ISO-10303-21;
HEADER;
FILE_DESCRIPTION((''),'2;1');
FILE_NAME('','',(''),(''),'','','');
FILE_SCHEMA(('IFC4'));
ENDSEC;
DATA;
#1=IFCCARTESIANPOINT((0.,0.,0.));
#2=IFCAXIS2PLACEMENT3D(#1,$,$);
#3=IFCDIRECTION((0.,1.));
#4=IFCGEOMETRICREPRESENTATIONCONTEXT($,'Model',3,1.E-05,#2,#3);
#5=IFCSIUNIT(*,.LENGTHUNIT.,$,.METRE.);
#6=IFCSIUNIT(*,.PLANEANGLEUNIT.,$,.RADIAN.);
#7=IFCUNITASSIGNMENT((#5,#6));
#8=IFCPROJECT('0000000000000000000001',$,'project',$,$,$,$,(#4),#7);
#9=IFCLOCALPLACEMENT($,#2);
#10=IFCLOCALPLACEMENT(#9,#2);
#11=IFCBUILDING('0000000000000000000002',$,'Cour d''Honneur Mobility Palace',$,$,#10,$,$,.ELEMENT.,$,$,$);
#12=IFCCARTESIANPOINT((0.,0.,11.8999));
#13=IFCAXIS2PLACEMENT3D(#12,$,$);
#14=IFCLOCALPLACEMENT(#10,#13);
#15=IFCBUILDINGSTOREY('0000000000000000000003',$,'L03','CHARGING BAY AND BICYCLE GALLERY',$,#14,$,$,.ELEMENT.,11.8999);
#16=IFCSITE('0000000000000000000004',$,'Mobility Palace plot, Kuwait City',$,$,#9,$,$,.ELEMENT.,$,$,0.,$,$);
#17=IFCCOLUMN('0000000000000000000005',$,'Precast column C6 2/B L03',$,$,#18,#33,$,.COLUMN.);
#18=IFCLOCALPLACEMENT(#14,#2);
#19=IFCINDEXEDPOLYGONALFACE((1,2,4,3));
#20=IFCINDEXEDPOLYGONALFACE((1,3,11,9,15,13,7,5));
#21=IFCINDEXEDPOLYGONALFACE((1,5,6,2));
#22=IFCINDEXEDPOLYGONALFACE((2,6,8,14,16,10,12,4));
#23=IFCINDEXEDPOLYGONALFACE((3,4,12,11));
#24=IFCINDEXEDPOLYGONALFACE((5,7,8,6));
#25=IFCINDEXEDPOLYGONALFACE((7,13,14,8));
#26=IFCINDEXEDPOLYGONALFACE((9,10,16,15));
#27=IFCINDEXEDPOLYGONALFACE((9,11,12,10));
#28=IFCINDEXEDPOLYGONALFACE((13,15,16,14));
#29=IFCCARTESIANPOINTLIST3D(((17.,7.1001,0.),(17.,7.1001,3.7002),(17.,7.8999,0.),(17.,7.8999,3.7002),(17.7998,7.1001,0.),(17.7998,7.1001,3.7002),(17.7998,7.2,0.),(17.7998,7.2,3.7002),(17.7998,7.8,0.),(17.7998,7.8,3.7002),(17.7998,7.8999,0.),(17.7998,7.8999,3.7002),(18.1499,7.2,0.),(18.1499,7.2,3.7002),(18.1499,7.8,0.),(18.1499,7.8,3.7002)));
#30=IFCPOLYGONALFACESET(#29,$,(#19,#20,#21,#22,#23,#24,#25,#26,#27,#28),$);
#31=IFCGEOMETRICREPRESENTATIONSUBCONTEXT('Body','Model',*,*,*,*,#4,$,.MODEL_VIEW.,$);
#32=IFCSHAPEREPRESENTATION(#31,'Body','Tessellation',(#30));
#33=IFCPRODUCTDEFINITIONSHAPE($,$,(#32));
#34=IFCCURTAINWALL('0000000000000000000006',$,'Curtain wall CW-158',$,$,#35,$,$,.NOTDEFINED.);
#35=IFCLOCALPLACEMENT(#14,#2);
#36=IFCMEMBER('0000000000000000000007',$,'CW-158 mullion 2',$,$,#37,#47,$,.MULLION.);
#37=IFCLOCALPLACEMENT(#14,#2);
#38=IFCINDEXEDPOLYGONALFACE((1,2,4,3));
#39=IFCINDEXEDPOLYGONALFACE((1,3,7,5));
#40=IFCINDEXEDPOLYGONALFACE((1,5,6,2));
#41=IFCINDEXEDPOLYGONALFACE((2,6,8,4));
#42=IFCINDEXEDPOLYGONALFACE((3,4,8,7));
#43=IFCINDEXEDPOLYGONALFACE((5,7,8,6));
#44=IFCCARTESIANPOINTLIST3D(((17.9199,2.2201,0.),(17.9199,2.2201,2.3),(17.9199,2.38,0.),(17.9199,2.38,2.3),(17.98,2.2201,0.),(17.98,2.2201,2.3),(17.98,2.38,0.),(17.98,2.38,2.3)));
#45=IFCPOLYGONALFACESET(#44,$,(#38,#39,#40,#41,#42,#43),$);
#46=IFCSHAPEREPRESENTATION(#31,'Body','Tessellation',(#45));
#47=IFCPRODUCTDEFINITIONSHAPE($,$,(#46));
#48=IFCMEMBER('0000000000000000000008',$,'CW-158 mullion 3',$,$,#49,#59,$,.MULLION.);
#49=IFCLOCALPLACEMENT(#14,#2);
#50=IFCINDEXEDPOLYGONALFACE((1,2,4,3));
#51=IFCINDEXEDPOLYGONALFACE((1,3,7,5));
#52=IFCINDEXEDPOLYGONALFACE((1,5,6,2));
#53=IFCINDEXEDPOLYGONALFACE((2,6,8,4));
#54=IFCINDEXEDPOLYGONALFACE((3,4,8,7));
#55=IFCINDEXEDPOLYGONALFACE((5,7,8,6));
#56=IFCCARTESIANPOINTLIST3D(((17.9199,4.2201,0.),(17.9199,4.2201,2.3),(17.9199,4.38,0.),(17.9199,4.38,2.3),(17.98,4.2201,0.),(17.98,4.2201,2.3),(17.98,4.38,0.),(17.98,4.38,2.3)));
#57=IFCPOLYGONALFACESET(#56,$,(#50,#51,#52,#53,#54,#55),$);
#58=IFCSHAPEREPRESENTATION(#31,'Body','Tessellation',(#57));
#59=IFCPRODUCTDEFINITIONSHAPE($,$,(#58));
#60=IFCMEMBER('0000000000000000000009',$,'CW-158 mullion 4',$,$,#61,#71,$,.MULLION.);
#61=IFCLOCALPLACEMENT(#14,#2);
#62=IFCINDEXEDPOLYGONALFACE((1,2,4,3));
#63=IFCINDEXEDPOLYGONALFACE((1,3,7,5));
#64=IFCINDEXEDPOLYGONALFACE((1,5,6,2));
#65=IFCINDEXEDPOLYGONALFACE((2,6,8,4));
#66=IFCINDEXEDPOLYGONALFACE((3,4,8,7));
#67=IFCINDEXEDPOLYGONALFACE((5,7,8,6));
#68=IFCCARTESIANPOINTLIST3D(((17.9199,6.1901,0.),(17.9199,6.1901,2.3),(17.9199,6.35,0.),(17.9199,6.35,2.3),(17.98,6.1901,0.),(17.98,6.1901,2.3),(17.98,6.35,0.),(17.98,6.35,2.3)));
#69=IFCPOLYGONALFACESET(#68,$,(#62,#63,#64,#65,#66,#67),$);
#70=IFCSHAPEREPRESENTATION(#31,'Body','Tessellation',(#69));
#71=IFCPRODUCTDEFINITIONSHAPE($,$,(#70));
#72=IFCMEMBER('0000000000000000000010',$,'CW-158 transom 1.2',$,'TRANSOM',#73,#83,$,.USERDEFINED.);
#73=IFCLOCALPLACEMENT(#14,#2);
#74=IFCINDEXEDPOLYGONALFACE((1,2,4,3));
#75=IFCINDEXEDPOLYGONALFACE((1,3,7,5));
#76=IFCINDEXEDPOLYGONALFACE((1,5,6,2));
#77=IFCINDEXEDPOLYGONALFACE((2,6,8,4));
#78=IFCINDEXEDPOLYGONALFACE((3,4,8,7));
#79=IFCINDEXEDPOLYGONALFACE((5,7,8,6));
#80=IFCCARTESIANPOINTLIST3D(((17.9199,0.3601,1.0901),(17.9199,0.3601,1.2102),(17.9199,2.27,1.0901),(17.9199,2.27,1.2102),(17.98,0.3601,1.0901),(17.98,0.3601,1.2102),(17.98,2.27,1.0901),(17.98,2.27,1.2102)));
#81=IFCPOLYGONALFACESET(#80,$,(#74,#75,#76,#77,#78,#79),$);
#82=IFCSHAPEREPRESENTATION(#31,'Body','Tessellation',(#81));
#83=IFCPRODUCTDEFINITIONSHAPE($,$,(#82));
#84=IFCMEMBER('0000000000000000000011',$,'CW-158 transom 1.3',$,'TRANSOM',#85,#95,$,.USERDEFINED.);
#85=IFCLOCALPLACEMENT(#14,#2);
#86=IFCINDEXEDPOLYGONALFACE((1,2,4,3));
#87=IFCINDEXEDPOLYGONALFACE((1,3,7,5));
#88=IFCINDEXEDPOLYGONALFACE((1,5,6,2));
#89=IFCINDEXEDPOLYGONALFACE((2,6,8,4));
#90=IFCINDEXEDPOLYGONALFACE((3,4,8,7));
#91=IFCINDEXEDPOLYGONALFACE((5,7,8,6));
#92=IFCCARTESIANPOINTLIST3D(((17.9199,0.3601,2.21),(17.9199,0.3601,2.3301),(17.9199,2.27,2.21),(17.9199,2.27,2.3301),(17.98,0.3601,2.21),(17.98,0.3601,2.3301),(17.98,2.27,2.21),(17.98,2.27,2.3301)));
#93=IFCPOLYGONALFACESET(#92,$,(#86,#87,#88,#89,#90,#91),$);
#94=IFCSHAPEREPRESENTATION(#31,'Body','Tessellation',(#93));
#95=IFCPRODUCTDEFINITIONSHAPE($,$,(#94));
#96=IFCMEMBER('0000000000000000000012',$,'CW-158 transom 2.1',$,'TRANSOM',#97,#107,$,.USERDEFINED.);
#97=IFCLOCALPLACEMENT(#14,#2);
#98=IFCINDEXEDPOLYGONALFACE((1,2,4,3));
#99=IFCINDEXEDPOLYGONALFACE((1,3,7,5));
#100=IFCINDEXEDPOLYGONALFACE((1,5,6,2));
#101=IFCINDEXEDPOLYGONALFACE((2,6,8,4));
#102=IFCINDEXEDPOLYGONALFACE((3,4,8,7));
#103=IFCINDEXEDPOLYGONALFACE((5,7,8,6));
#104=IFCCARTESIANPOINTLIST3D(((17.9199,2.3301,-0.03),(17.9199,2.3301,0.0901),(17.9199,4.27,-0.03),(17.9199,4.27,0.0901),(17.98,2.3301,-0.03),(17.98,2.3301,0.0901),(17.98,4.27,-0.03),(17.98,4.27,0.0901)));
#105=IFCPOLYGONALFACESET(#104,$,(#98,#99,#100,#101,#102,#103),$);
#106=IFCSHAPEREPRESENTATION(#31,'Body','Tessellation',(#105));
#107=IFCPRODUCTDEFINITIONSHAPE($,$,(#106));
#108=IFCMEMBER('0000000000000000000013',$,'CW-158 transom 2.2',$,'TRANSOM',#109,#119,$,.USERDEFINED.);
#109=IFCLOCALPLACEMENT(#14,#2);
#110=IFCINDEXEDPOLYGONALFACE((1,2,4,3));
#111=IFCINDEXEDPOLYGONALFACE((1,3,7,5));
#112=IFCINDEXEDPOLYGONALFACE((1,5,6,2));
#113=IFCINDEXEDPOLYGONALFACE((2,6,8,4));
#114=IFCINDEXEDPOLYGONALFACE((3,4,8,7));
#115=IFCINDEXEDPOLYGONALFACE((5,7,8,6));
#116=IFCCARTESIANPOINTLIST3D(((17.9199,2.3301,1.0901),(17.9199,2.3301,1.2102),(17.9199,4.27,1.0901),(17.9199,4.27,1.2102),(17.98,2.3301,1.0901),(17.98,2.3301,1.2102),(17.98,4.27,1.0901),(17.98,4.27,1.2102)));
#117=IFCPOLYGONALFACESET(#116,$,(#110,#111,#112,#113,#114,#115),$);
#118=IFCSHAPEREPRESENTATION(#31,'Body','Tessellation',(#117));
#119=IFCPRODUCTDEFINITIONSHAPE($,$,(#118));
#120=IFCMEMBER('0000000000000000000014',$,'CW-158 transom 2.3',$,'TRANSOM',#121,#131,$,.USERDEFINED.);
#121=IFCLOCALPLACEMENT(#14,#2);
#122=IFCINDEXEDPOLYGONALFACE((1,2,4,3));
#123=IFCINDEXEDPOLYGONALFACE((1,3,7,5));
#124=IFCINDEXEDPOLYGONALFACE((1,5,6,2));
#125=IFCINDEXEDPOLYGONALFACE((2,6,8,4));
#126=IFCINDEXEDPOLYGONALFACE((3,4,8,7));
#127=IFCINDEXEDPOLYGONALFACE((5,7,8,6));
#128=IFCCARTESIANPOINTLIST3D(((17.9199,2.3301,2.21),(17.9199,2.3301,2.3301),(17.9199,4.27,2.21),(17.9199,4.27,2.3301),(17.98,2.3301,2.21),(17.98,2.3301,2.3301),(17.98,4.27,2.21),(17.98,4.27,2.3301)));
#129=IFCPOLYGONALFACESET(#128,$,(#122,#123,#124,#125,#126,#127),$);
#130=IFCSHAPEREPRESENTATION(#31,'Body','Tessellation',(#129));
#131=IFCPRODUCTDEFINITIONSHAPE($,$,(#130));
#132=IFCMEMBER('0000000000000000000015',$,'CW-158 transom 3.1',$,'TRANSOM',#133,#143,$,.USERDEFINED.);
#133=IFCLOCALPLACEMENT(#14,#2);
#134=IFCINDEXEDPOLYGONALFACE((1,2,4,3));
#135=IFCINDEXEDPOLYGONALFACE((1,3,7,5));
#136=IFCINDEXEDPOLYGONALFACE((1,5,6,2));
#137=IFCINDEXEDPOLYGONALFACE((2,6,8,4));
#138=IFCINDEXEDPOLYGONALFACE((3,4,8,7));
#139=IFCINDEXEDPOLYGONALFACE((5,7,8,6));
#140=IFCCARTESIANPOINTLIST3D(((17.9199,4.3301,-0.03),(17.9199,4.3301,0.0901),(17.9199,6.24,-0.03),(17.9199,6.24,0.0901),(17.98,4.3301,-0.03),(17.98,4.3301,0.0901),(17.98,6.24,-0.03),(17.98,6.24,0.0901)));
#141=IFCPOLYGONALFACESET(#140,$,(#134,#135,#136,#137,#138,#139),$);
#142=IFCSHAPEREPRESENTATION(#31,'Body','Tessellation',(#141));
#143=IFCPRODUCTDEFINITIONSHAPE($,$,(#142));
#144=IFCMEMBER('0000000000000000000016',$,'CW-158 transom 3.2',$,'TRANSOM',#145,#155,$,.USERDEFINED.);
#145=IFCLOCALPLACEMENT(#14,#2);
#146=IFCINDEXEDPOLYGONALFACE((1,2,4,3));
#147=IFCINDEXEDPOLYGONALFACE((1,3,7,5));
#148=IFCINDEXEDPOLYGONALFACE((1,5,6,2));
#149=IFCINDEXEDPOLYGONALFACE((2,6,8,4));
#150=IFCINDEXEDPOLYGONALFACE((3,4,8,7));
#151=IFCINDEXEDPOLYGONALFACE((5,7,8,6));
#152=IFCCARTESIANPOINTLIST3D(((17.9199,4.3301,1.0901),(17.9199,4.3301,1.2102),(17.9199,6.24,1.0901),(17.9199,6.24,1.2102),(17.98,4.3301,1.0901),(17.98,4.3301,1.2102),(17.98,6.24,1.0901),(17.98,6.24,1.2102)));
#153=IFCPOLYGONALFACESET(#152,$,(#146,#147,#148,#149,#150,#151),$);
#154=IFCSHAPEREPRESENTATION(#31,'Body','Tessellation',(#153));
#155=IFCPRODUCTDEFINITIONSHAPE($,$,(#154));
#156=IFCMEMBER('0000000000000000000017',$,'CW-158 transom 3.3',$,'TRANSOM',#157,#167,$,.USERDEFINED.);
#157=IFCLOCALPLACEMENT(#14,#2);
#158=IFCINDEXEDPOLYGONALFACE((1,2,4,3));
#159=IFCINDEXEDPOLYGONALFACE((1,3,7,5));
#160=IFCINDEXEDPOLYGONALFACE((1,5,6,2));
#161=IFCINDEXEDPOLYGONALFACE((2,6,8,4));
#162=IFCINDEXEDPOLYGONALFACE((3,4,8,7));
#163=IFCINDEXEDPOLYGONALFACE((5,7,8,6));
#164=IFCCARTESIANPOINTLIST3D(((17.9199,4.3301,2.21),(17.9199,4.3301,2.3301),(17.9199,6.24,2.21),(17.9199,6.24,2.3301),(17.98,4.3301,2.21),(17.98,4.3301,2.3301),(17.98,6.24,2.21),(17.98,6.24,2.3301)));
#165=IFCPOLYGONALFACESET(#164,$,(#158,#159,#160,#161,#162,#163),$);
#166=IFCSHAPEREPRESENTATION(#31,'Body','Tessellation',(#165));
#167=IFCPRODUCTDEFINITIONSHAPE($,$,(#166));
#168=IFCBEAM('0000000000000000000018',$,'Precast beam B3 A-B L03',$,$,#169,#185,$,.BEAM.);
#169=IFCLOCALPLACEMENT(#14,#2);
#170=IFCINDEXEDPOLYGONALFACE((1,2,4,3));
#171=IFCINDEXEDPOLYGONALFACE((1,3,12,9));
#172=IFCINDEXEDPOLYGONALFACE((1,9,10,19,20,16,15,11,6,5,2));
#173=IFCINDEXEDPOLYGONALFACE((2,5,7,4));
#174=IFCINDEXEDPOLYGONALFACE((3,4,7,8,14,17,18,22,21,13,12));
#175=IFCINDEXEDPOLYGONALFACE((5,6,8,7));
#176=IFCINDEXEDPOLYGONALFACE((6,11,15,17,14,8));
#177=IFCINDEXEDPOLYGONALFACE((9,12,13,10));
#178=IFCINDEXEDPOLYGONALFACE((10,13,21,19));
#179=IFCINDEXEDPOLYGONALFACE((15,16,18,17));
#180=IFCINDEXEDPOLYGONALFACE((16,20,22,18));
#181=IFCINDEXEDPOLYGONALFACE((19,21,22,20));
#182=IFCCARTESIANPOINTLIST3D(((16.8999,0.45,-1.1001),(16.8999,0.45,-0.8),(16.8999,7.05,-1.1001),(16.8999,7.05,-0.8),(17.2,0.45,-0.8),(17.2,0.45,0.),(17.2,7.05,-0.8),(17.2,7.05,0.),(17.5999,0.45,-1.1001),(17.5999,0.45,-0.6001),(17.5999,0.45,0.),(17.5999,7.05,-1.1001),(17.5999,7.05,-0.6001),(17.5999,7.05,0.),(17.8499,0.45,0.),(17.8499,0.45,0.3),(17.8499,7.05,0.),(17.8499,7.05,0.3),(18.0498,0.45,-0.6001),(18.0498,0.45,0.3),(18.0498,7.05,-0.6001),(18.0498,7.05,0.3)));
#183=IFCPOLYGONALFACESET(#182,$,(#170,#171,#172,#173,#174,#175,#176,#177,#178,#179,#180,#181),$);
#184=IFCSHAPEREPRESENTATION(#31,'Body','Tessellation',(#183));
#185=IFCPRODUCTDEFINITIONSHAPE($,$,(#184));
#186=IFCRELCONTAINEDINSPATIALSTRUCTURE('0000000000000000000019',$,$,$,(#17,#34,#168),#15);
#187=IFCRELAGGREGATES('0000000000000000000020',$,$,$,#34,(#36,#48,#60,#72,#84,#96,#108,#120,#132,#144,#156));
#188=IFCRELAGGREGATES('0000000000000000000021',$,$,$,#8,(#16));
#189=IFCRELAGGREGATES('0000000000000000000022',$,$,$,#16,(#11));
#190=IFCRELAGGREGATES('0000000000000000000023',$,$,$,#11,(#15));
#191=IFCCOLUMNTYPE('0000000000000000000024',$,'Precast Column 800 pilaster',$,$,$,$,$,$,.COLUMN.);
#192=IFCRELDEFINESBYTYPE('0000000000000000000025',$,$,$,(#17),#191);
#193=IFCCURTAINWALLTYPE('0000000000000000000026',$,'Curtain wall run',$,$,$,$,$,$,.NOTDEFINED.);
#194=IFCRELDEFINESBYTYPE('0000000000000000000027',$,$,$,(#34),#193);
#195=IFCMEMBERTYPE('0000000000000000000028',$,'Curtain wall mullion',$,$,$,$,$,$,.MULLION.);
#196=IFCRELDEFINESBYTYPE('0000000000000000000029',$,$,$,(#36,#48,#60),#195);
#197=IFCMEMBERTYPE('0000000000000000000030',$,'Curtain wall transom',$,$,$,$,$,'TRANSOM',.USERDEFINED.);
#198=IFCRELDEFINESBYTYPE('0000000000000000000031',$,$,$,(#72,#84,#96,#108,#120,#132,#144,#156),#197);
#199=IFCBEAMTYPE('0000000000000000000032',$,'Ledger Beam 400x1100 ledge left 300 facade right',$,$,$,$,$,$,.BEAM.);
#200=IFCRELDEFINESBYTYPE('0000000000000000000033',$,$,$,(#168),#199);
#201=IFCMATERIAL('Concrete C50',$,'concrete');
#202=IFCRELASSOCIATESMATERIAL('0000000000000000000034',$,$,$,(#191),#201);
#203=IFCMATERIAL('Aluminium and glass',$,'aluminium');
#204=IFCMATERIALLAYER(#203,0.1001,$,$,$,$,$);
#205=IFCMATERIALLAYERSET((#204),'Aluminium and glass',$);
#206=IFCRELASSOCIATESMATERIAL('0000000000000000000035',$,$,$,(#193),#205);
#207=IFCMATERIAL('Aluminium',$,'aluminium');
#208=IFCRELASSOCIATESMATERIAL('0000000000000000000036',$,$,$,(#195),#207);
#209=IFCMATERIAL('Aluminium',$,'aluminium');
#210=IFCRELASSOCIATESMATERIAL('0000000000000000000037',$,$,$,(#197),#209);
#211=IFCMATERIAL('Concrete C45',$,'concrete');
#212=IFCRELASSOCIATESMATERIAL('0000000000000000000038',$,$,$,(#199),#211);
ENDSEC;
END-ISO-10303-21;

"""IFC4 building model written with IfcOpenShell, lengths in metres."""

from ifc_helpers import new_model, si_unit, direction, frame, origin, origin_2d, place, context, subcontext, project, spatial, polyline, rectangle, outline, extrude, material, layer, layer_set, material_profile, profile_set, type_object, element, aggregate, save


model = new_model("IFC4")

# Units and contexts
model_context = context("Model", 3, precision=1e-05, world=origin(), true_north=direction((0.0, 1.0)))
body_context = subcontext(model_context, "Body", "Model", "MODEL_VIEW")
ifc_project = project(units=[si_unit("LENGTHUNIT", "METRE"), si_unit("PLANEANGLEUNIT", "RADIAN")], contexts=[model_context])

# Site, building, storey
site_placement = place(None, origin())
site = spatial("IfcSite", under=ifc_project, at=site_placement, Name="Mobility Palace plot, Kuwait City", CompositionType="ELEMENT", RefElevation=0.0)
building_placement = place(site_placement, origin())
building = spatial("IfcBuilding", under=site, at=building_placement, Name="Cour d'Honneur Mobility Palace", CompositionType="ELEMENT")
storey_placement = place(building_placement, frame((0.0, 0.0, 11.8999)))
storey = spatial("IfcBuildingStorey", under=building, at=storey_placement, Name="L03", Description="CHARGING BAY AND BICYCLE GALLERY", CompositionType="ELEMENT", Elevation=11.8999)

# Column
ifc_material_1 = material(Name="Concrete C50", Category="concrete")
ifc_material_profile_1 = material_profile(ifc_material_1, outline(polyline([(-0.3999, -0.3999), (0.3999, -0.3999), (0.3999, -0.3), (0.75, -0.3), (0.75, 0.3), (0.3999, 0.3), (0.3999, 0.3999), (-0.3999, 0.3999), (-0.3999, -0.3999)])), Name="PC C800 pilaster")
ifc_profile_set_1 = profile_set([ifc_material_profile_1], Name="Concrete C50")
column_type = type_object("IfcColumnType", Name="Precast Column 800 pilaster", PredefinedType="COLUMN", material=ifc_profile_set_1)
column_placement = place(storey_placement, frame((17.3999, 7.5, 0.0), z_axis=(0.0, 0.0, 1.0), x_axis=(1.0, 0.0, 0.0)))
element("IfcColumn", 1, at=column_placement, inside=storey, type_object=column_type, Name="Precast column C6 2/B L03", PredefinedType="COLUMN", context=body_context, shape_type="SweptSolid", body=[
    extrude(outline(polyline([(-0.3999, -0.3999), (0.3999, -0.3999), (0.3999, -0.3), (0.75, -0.3), (0.75, 0.3), (0.3999, 0.3), (0.3999, 0.3999), (-0.3999, 0.3999), (-0.3999, -0.3999)])), origin(), (0.0, 0.0, 1.0), 3.7002),
])

# Curtain wall, members
ifc_material_2 = material(Name="Aluminium and glass", Category="aluminium")
ifc_layer_1 = layer(ifc_material_2, 0.1001)
ifc_layer_set_1 = layer_set([ifc_layer_1], Name="Aluminium and glass")
curtain_wall_type = type_object("IfcCurtainWallType", Name="Curtain wall run", PredefinedType="NOTDEFINED", material=ifc_layer_set_1)
curtain_wall_placement = place(storey_placement, origin())
curtain_wall = element("IfcCurtainWall", 2, at=curtain_wall_placement, inside=storey, type_object=curtain_wall_type, Name="Curtain wall CW-158", PredefinedType="NOTDEFINED")
ifc_material_3 = material(Name="Aluminium", Category="aluminium")
ifc_material_profile_2 = material_profile(ifc_material_3, rectangle(XDim=0.0601, YDim=0.1599, at=origin_2d()), Name="Curtain wall mullion")
ifc_profile_set_2 = profile_set([ifc_material_profile_2], Name="Aluminium")
member_type_1 = type_object("IfcMemberType", Name="Curtain wall mullion", PredefinedType="MULLION", material=ifc_profile_set_2)
member_1_placement = place(storey_placement, frame((17.95, 2.3, 0.0), z_axis=(0.0, 0.0, 1.0), x_axis=(-1.0, 0.0, 0.0)))
member_1 = element("IfcMember", 3, at=member_1_placement, type_object=member_type_1, Name="CW-158 mullion 2", PredefinedType="MULLION", context=body_context, shape_type="SweptSolid", body=[
    extrude(rectangle(XDim=0.0601, YDim=0.1599, at=origin_2d()), origin(), (0.0, 0.0, 1.0), 2.3),
])
member_2_placement = place(storey_placement, frame((17.95, 4.3, 0.0), z_axis=(0.0, 0.0, 1.0), x_axis=(-1.0, 0.0, 0.0)))
member_2 = element("IfcMember", 4, at=member_2_placement, type_object=member_type_1, Name="CW-158 mullion 3", PredefinedType="MULLION", context=body_context, shape_type="SweptSolid", body=[
    extrude(rectangle(XDim=0.0601, YDim=0.1599, at=origin_2d()), origin(), (0.0, 0.0, 1.0), 2.3),
])
member_3_placement = place(storey_placement, frame((17.95, 6.27, 0.0), z_axis=(0.0, 0.0, 1.0), x_axis=(-1.0, 0.0, 0.0)))
member_3 = element("IfcMember", 5, at=member_3_placement, type_object=member_type_1, Name="CW-158 mullion 4", PredefinedType="MULLION", context=body_context, shape_type="SweptSolid", body=[
    extrude(rectangle(XDim=0.0601, YDim=0.1599, at=origin_2d()), origin(), (0.0, 0.0, 1.0), 2.3),
])
ifc_material_4 = material(Name="Aluminium", Category="aluminium")
ifc_material_profile_3 = material_profile(ifc_material_4, rectangle(XDim=0.0601, YDim=0.1201, at=origin_2d()), Name="Curtain wall transom")
ifc_profile_set_3 = profile_set([ifc_material_profile_3], Name="Aluminium")
member_type_2 = type_object("IfcMemberType", Name="Curtain wall transom", ElementType="TRANSOM", PredefinedType="USERDEFINED", material=ifc_profile_set_3)
member_4_placement = place(storey_placement, frame((17.95, 0.3601, 1.1501), z_axis=(0.0, 1.0, 0.0), x_axis=(-1.0, 0.0, 0.0)))
member_4 = element("IfcMember", 6, at=member_4_placement, type_object=member_type_2, Name="CW-158 transom 1.2", ObjectType="TRANSOM", PredefinedType="USERDEFINED", context=body_context, shape_type="SweptSolid", body=[
    extrude(rectangle(XDim=0.0601, YDim=0.1201, at=origin_2d()), origin(), (0.0, 0.0, 1.0), 1.9099),
])
member_5_placement = place(storey_placement, frame((17.95, 0.3601, 2.27), z_axis=(0.0, 1.0, 0.0), x_axis=(-1.0, 0.0, 0.0)))
member_5 = element("IfcMember", 7, at=member_5_placement, type_object=member_type_2, Name="CW-158 transom 1.3", ObjectType="TRANSOM", PredefinedType="USERDEFINED", context=body_context, shape_type="SweptSolid", body=[
    extrude(rectangle(XDim=0.0601, YDim=0.1201, at=origin_2d()), origin(), (0.0, 0.0, 1.0), 1.9099),
])
member_6_placement = place(storey_placement, frame((17.95, 2.3301, 0.03), z_axis=(0.0, 1.0, 0.0), x_axis=(-1.0, 0.0, 0.0)))
member_6 = element("IfcMember", 8, at=member_6_placement, type_object=member_type_2, Name="CW-158 transom 2.1", ObjectType="TRANSOM", PredefinedType="USERDEFINED", context=body_context, shape_type="SweptSolid", body=[
    extrude(rectangle(XDim=0.0601, YDim=0.1201, at=origin_2d()), origin(), (0.0, 0.0, 1.0), 1.9399),
])
member_7_placement = place(storey_placement, frame((17.95, 2.3301, 1.1501), z_axis=(0.0, 1.0, 0.0), x_axis=(-1.0, 0.0, 0.0)))
member_7 = element("IfcMember", 9, at=member_7_placement, type_object=member_type_2, Name="CW-158 transom 2.2", ObjectType="TRANSOM", PredefinedType="USERDEFINED", context=body_context, shape_type="SweptSolid", body=[
    extrude(rectangle(XDim=0.0601, YDim=0.1201, at=origin_2d()), origin(), (0.0, 0.0, 1.0), 1.9399),
])
member_8_placement = place(storey_placement, frame((17.95, 2.3301, 2.27), z_axis=(0.0, 1.0, 0.0), x_axis=(-1.0, 0.0, 0.0)))
member_8 = element("IfcMember", 10, at=member_8_placement, type_object=member_type_2, Name="CW-158 transom 2.3", ObjectType="TRANSOM", PredefinedType="USERDEFINED", context=body_context, shape_type="SweptSolid", body=[
    extrude(rectangle(XDim=0.0601, YDim=0.1201, at=origin_2d()), origin(), (0.0, 0.0, 1.0), 1.9399),
])
member_9_placement = place(storey_placement, frame((17.95, 4.3301, 0.03), z_axis=(0.0, 1.0, 0.0), x_axis=(-1.0, 0.0, 0.0)))
member_9 = element("IfcMember", 11, at=member_9_placement, type_object=member_type_2, Name="CW-158 transom 3.1", ObjectType="TRANSOM", PredefinedType="USERDEFINED", context=body_context, shape_type="SweptSolid", body=[
    extrude(rectangle(XDim=0.0601, YDim=0.1201, at=origin_2d()), origin(), (0.0, 0.0, 1.0), 1.9099),
])
member_10_placement = place(storey_placement, frame((17.95, 4.3301, 1.1501), z_axis=(0.0, 1.0, 0.0), x_axis=(-1.0, 0.0, 0.0)))
member_10 = element("IfcMember", 12, at=member_10_placement, type_object=member_type_2, Name="CW-158 transom 3.2", ObjectType="TRANSOM", PredefinedType="USERDEFINED", context=body_context, shape_type="SweptSolid", body=[
    extrude(rectangle(XDim=0.0601, YDim=0.1201, at=origin_2d()), origin(), (0.0, 0.0, 1.0), 1.9099),
])
member_11_placement = place(storey_placement, frame((17.95, 4.3301, 2.27), z_axis=(0.0, 1.0, 0.0), x_axis=(-1.0, 0.0, 0.0)))
member_11 = element("IfcMember", 13, at=member_11_placement, type_object=member_type_2, Name="CW-158 transom 3.3", ObjectType="TRANSOM", PredefinedType="USERDEFINED", context=body_context, shape_type="SweptSolid", body=[
    extrude(rectangle(XDim=0.0601, YDim=0.1201, at=origin_2d()), origin(), (0.0, 0.0, 1.0), 1.9099),
])

# Beam
ifc_material_5 = material(Name="Concrete C45", Category="concrete")
ifc_material_profile_4 = material_profile(ifc_material_5, outline(polyline([(0.5, -1.1001), (0.5, -0.8), (0.2, -0.8), (0.2, 0.0), (-0.2, 0.0), (-0.45, 0.0), (-0.45, 0.3), (-0.6499, 0.3), (-0.6499, -0.6001), (-0.2, -0.6001), (-0.2, -1.1001), (0.5, -1.1001)])), Name="Ledger Beam 400x1100 ledge left 300 facade right")
ifc_profile_set_4 = profile_set([ifc_material_profile_4], Name="Concrete C45")
beam_type_1 = type_object("IfcBeamType", Name="Ledger Beam 400x1100 ledge left 300 facade right", PredefinedType="BEAM", material=ifc_profile_set_4)
beam_1_placement = place(storey_placement, frame((17.3999, 0.45, 0.0), z_axis=(0.0, 1.0, 0.0), x_axis=(-1.0, 0.0, 0.0)))
element("IfcBeam", 14, at=beam_1_placement, inside=storey, type_object=beam_type_1, Name="Precast beam B3 A-B L03", PredefinedType="BEAM", context=body_context, shape_type="SweptSolid", body=[
    extrude(outline(polyline([(0.5, -1.1001), (0.5, -0.8), (0.2, -0.8), (0.2, 0.0), (-0.2, 0.0), (-0.45, 0.0), (-0.45, 0.3), (-0.6499, 0.3), (-0.6499, -0.6001), (-0.2, -0.6001), (-0.2, -1.1001), (0.5, -1.1001)])), origin(), (0.0, 0.0, 1.0), 6.6001),
])

aggregate(curtain_wall, [member_1, member_2, member_3, member_4, member_5, member_6, member_7, member_8, member_9, member_10, member_11])

save(model, "model.ifc")
